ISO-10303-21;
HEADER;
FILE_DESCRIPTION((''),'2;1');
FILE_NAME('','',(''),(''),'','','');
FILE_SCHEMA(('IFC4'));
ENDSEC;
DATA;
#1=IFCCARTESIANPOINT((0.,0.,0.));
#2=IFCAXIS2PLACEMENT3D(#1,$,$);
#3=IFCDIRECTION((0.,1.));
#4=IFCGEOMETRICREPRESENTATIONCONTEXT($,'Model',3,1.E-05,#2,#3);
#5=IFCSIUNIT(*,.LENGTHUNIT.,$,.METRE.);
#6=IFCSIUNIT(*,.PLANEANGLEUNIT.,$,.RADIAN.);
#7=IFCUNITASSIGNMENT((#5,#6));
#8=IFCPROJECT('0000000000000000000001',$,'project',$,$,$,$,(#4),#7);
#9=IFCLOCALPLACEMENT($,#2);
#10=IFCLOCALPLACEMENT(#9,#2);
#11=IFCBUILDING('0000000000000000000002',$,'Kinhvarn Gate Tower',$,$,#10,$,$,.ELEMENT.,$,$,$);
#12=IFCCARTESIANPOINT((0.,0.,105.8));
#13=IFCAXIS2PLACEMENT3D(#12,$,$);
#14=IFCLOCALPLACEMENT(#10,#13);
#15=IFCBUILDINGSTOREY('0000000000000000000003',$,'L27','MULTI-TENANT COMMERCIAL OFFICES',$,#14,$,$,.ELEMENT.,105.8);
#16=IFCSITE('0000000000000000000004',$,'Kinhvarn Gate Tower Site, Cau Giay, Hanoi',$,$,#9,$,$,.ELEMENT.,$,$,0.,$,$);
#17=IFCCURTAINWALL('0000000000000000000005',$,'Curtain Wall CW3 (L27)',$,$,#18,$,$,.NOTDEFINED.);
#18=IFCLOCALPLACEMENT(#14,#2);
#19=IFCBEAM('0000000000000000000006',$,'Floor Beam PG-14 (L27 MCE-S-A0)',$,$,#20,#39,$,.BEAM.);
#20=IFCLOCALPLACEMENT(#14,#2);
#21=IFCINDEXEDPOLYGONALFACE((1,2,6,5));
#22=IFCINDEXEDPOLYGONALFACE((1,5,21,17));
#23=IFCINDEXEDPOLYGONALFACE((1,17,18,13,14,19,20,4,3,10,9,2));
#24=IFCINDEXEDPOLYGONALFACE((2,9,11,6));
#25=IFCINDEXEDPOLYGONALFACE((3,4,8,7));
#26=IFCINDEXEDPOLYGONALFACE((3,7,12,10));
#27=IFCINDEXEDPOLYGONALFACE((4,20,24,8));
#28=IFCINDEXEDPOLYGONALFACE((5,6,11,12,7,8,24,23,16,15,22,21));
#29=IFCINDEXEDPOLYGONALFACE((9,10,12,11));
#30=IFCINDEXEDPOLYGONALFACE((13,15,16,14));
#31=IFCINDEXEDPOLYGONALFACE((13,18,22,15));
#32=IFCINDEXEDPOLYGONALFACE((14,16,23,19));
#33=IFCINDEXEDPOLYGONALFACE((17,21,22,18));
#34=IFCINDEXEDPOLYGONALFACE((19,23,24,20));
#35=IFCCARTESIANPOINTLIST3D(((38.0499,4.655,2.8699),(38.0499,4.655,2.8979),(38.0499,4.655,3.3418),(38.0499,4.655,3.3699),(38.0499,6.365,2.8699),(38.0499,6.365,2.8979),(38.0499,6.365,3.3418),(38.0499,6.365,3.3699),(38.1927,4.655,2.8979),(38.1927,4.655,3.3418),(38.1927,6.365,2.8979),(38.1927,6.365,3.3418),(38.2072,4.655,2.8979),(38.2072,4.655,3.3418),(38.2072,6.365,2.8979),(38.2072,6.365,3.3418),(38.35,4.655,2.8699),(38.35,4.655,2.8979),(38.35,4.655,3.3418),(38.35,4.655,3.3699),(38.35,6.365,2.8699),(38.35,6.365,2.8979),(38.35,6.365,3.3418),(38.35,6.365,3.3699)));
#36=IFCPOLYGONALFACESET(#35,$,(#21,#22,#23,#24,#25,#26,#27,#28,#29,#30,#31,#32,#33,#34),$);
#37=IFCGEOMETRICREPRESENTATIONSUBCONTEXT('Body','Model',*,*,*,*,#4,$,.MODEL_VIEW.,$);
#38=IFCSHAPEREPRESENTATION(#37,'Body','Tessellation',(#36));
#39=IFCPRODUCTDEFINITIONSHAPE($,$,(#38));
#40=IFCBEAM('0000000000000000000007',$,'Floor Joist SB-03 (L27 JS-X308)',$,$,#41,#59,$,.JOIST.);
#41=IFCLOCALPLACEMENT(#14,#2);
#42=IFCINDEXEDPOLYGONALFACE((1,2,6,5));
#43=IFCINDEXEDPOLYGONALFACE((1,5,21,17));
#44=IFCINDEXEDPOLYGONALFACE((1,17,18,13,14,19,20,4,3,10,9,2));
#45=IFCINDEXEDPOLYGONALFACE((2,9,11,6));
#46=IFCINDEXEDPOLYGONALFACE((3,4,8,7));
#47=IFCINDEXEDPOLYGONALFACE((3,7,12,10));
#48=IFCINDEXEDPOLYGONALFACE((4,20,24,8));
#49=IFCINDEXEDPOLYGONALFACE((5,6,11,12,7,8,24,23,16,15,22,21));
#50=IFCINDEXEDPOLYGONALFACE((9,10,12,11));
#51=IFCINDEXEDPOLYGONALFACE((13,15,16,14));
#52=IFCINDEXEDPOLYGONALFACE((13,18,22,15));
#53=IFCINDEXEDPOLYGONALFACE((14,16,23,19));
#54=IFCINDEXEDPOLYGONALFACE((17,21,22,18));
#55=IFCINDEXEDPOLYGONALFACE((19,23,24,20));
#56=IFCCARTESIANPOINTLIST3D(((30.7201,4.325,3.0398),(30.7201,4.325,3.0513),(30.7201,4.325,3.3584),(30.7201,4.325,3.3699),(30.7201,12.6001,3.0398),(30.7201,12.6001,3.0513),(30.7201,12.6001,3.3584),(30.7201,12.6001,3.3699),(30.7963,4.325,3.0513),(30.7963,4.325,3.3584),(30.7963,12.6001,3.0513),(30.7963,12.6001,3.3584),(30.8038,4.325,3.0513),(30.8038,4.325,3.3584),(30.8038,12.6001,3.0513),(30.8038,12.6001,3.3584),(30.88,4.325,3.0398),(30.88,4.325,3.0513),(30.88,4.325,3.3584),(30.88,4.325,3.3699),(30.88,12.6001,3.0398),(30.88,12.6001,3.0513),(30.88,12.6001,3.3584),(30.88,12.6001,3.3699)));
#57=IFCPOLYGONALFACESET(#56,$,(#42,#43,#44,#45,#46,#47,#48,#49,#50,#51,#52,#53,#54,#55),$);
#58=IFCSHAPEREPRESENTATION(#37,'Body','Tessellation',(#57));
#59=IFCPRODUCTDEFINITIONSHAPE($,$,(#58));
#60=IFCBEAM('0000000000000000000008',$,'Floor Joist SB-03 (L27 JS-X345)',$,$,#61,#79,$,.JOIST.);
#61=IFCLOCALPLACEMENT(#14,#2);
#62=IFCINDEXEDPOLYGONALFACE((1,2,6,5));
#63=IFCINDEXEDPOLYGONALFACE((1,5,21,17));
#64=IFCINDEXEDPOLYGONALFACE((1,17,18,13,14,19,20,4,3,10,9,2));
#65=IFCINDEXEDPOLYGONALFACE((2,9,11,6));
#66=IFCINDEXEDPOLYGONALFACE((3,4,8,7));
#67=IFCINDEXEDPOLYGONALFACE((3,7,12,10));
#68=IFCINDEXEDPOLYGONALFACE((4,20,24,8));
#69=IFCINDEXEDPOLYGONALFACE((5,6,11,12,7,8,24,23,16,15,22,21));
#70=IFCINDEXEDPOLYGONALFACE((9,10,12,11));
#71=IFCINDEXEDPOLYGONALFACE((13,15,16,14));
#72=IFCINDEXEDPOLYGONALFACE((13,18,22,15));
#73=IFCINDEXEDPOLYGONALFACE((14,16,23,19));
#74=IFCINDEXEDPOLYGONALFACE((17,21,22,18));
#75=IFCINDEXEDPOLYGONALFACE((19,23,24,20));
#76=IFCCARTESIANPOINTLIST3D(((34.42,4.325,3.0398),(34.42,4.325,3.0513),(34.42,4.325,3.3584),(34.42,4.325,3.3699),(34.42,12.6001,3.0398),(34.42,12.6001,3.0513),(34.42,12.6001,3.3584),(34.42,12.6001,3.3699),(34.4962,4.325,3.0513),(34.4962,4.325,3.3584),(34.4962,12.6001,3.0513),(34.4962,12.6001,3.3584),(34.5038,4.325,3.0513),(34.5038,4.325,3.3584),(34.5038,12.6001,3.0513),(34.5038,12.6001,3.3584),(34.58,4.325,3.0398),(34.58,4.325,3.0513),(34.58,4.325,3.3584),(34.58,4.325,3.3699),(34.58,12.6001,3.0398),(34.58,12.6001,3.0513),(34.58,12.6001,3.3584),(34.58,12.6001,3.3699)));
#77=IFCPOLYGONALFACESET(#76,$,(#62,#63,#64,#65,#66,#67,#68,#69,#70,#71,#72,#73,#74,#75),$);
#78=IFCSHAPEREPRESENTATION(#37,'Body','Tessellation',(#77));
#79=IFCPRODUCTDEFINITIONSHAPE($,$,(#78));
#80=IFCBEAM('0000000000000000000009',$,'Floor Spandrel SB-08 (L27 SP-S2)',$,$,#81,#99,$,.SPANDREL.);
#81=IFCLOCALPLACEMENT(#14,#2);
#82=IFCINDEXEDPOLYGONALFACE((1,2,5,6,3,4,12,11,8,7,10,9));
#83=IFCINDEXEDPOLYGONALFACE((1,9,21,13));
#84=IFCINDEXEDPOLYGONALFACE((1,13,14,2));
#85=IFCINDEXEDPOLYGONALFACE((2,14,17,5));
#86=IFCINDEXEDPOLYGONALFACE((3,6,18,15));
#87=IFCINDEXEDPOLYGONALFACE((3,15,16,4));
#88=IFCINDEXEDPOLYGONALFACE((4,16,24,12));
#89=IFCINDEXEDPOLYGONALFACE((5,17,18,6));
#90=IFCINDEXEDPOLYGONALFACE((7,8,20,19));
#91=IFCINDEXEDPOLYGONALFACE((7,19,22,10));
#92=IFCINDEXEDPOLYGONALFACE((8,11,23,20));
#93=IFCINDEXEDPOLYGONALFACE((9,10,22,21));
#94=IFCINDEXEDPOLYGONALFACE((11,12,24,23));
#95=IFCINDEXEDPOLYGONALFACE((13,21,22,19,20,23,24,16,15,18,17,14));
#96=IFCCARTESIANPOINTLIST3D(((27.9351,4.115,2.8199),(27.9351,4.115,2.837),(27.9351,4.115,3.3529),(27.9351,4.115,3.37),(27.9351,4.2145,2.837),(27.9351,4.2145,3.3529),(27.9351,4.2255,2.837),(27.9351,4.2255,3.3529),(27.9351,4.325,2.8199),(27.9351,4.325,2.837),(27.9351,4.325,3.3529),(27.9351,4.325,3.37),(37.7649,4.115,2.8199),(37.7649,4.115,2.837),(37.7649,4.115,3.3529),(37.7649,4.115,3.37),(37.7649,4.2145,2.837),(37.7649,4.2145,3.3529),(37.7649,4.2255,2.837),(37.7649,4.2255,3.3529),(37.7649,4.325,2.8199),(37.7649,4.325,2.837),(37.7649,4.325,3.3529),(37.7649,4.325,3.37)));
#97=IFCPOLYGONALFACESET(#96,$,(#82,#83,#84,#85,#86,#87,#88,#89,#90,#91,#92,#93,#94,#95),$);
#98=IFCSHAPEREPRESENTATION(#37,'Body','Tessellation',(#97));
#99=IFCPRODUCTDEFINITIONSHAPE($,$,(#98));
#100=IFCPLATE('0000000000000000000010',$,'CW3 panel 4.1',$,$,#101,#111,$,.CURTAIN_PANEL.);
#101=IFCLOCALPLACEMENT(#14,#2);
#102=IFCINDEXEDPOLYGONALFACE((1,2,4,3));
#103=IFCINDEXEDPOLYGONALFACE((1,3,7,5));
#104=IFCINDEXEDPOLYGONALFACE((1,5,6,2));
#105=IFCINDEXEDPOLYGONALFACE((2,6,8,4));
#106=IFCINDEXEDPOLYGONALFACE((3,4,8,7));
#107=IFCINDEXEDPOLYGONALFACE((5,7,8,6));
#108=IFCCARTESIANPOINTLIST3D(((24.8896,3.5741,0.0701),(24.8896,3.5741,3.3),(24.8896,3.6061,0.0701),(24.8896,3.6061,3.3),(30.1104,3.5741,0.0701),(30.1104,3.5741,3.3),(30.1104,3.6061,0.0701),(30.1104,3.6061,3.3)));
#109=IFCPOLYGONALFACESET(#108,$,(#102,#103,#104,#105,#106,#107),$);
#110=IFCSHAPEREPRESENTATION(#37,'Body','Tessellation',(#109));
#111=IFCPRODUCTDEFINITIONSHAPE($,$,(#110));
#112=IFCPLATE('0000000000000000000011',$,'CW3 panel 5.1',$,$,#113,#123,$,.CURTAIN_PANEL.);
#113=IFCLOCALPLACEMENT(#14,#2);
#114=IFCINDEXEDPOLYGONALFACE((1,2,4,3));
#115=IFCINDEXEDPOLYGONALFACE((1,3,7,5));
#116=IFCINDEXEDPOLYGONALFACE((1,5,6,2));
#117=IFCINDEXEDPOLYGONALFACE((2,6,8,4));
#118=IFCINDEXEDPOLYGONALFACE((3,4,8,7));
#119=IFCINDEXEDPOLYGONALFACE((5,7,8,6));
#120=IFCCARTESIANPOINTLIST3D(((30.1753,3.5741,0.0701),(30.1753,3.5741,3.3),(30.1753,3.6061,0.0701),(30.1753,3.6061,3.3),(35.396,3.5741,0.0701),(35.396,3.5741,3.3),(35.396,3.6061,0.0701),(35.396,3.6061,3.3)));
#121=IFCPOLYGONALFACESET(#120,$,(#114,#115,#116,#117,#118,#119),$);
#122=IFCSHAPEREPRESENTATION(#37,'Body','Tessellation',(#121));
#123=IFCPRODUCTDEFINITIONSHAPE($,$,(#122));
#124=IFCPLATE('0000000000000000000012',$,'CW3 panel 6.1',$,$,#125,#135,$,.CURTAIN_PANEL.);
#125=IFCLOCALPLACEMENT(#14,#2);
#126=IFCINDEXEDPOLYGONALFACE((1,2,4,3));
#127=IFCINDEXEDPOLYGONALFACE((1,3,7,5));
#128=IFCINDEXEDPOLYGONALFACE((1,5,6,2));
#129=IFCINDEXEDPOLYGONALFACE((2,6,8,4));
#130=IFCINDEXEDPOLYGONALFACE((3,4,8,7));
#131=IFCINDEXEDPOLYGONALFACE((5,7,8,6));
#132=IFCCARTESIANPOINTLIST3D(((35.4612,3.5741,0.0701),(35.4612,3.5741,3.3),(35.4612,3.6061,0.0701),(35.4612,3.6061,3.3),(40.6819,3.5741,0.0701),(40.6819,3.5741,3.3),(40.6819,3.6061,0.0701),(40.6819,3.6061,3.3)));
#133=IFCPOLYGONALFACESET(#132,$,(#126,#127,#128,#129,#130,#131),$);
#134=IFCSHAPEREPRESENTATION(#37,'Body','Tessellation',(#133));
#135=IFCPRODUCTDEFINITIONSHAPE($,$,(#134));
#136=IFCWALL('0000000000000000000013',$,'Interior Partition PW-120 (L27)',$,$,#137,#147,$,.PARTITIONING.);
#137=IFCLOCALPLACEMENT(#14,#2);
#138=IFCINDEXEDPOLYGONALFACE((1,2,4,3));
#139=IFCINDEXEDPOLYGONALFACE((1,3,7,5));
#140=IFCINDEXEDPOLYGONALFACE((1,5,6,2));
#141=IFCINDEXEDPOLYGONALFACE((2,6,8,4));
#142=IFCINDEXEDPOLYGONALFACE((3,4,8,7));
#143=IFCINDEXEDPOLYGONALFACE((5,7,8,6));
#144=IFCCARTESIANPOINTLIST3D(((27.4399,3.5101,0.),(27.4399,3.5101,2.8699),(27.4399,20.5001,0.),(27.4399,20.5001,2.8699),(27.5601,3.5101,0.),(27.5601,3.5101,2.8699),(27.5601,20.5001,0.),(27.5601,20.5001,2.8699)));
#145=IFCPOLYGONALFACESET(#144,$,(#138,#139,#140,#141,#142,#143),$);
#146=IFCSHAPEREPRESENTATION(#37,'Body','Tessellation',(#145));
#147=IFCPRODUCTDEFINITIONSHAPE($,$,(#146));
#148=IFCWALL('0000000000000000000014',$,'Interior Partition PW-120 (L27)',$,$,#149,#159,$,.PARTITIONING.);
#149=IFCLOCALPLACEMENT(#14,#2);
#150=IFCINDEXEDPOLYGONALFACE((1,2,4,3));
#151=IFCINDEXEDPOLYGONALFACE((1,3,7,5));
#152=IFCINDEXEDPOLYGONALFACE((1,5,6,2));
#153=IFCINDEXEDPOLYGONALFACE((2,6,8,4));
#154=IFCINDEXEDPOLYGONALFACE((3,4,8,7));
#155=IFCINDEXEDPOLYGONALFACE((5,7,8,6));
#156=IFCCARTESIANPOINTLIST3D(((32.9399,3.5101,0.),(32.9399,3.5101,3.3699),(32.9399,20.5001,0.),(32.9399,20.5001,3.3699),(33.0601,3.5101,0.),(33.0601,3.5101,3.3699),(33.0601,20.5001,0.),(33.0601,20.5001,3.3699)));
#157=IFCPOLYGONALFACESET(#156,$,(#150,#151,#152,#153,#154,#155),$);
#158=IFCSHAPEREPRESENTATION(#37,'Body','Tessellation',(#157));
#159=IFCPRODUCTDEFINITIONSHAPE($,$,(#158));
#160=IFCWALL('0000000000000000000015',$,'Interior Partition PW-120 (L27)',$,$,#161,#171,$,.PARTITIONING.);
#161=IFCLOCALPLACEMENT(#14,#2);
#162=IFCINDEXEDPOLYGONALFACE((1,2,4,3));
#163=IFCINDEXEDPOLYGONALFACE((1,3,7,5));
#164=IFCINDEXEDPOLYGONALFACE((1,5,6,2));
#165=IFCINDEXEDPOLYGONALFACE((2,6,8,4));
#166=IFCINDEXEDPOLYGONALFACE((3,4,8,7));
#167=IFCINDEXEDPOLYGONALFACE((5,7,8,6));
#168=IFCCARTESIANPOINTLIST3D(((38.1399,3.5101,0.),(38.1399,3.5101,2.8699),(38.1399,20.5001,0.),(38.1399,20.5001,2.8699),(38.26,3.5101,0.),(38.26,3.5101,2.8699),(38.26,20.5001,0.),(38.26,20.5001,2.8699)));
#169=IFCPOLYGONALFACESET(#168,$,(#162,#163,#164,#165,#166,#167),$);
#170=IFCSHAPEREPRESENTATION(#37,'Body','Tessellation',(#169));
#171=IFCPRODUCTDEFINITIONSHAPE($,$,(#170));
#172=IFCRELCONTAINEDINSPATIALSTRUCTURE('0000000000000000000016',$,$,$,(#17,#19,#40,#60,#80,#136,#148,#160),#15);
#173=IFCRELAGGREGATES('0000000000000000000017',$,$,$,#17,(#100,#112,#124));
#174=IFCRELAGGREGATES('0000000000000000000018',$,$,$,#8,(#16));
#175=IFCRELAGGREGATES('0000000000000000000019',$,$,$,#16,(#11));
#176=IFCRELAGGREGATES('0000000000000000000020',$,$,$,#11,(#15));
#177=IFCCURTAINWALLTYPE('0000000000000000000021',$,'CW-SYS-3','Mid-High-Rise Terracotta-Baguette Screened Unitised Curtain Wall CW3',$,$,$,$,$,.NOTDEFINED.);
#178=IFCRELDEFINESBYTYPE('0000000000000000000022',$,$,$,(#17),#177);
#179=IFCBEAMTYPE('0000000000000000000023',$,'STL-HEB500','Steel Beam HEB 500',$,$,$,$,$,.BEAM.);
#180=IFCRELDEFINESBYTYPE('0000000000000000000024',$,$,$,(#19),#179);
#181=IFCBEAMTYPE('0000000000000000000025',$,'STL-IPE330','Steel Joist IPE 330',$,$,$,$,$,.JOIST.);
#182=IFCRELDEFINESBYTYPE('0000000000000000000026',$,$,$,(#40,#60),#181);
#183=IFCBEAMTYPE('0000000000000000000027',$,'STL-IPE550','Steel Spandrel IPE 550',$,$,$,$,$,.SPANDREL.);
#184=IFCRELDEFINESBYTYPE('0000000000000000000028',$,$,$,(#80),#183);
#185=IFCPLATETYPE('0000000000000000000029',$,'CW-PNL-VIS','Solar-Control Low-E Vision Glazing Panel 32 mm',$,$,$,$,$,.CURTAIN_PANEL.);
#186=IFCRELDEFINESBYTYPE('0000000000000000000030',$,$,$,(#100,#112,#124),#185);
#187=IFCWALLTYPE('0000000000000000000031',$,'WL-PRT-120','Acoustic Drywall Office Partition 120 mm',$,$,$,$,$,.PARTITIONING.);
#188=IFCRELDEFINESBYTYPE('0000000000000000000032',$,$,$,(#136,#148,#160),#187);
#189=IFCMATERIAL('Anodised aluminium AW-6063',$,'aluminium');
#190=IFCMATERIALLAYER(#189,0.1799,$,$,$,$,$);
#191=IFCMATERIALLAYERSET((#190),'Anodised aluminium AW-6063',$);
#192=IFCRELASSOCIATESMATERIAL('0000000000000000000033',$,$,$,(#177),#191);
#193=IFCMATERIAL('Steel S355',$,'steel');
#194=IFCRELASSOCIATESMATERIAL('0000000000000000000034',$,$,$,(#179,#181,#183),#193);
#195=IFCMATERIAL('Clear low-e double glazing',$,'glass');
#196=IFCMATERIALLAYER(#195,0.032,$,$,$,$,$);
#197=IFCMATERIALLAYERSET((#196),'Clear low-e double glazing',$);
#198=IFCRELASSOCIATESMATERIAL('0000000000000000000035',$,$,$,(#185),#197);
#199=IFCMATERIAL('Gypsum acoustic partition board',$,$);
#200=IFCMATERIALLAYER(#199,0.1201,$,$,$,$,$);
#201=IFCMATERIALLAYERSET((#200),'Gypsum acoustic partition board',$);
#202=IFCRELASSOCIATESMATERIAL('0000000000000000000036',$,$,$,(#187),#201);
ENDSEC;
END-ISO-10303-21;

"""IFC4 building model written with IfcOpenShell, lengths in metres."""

from ifc_helpers import new_model, si_unit, direction, frame, frame_2d, origin, origin_2d, place, context, subcontext, project, spatial, rectangle, i_section, extrude, material, layer, layer_set, material_profile, profile_set, type_object, element, aggregate, save


model = new_model("IFC4")

# Units and contexts
model_context = context("Model", 3, precision=1e-05, world=origin(), true_north=direction((0.0, 1.0)))
body_context = subcontext(model_context, "Body", "Model", "MODEL_VIEW")
ifc_project = project(units=[si_unit("LENGTHUNIT", "METRE"), si_unit("PLANEANGLEUNIT", "RADIAN")], contexts=[model_context])

# Site, building, storey
site_placement = place(None, origin())
site = spatial("IfcSite", under=ifc_project, at=site_placement, Name="Kinhvarn Gate Tower Site, Cau Giay, Hanoi", CompositionType="ELEMENT", RefElevation=0.0)
building_placement = place(site_placement, origin())
building = spatial("IfcBuilding", under=site, at=building_placement, Name="Kinhvarn Gate Tower", CompositionType="ELEMENT")
storey_placement = place(building_placement, frame((0.0, 0.0, 105.8)))
storey = spatial("IfcBuildingStorey", under=building, at=storey_placement, Name="L27", Description="MULTI-TENANT COMMERCIAL OFFICES", CompositionType="ELEMENT", Elevation=105.8)

# Curtain wall
ifc_material_1 = material(Name="Anodised aluminium AW-6063", Category="aluminium")
ifc_layer_1 = layer(ifc_material_1, 0.1799)
ifc_layer_set_1 = layer_set([ifc_layer_1], Name="Anodised aluminium AW-6063")
curtain_wall_type = type_object("IfcCurtainWallType", Name="CW-SYS-3", Description="Mid-High-Rise Terracotta-Baguette Screened Unitised Curtain Wall CW3", PredefinedType="NOTDEFINED", material=ifc_layer_set_1)
curtain_wall_placement = place(storey_placement, origin())
curtain_wall = element("IfcCurtainWall", 1, at=curtain_wall_placement, inside=storey, type_object=curtain_wall_type, Name="Curtain Wall CW3 (L27)", PredefinedType="NOTDEFINED")

# Beams
ifc_material_2 = material(Name="Steel S355", Category="steel")
ifc_material_profile_1 = material_profile(ifc_material_2, i_section(OverallWidth=0.3, OverallDepth=0.5, WebThickness=0.0144, FlangeThickness=0.0281, at=origin_2d()), Name="HEB 500")
ifc_profile_set_1 = profile_set([ifc_material_profile_1], Name="Steel S355")
beam_type_1 = type_object("IfcBeamType", Name="STL-HEB500", Description="Steel Beam HEB 500", PredefinedType="BEAM", material=ifc_profile_set_1)
beam_1_placement = place(storey_placement, frame((38.2, 4.655, 3.1199), z_axis=(0.0, 1.0, 0.0), x_axis=(-1.0, 0.0, 0.0)))
element("IfcBeam", 2, at=beam_1_placement, inside=storey, type_object=beam_type_1, Name="Floor Beam PG-14 (L27 MCE-S-A0)", PredefinedType="BEAM", context=body_context, shape_type="SweptSolid", body=[
    extrude(i_section(OverallWidth=0.3, OverallDepth=0.5, WebThickness=0.0144, FlangeThickness=0.0281, at=origin_2d()), origin(), (0.0, 0.0, 1.0), 1.71),
])
ifc_material_profile_2 = material_profile(ifc_material_2, i_section(OverallWidth=0.1599, OverallDepth=0.3301, WebThickness=0.0076, FlangeThickness=0.0115, at=origin_2d()), Name="IPE 330")
ifc_profile_set_2 = profile_set([ifc_material_profile_2], Name="Steel S355")
beam_type_2 = type_object("IfcBeamType", Name="STL-IPE330", Description="Steel Joist IPE 330", PredefinedType="JOIST", material=ifc_profile_set_2)
for number, where, z_axis, x_axis, name in (
    (3, (30.8, 4.325, 3.2048), (0.0, 1.0, 0.0), (-1.0, 0.0, 0.0), "Floor Joist SB-03 (L27 JS-X308)"),
    (4, (34.5, 4.325, 3.2048), (0.0, 1.0, 0.0), (-1.0, 0.0, 0.0), "Floor Joist SB-03 (L27 JS-X345)"),
):
    element("IfcBeam", number, at=place(storey_placement, frame(where, z_axis=z_axis, x_axis=x_axis)), inside=storey, type_object=beam_type_2, Name=name, PredefinedType="JOIST", context=body_context, shape_type="SweptSolid", body=[
        extrude(i_section(OverallWidth=0.1599, OverallDepth=0.3301, WebThickness=0.0076, FlangeThickness=0.0115, at=origin_2d()), origin(), (0.0, 0.0, 1.0), 8.2751),
    ])
ifc_material_profile_3 = material_profile(ifc_material_2, i_section(OverallWidth=0.21, OverallDepth=0.55, WebThickness=0.011, FlangeThickness=0.0171, at=origin_2d()), Name="IPE 550")
ifc_profile_set_3 = profile_set([ifc_material_profile_3], Name="Steel S355")
beam_type_3 = type_object("IfcBeamType", Name="STL-IPE550", Description="Steel Spandrel IPE 550", PredefinedType="SPANDREL", material=ifc_profile_set_3)
beam_2_placement = place(storey_placement, frame((27.9351, 4.22, 3.095), z_axis=(1.0, 0.0, 0.0), x_axis=(0.0, 1.0, 0.0)))
element("IfcBeam", 5, at=beam_2_placement, inside=storey, type_object=beam_type_3, Name="Floor Spandrel SB-08 (L27 SP-S2)", PredefinedType="SPANDREL", context=body_context, shape_type="SweptSolid", body=[
    extrude(i_section(OverallWidth=0.21, OverallDepth=0.55, WebThickness=0.011, FlangeThickness=0.0171, at=origin_2d()), origin(), (0.0, 0.0, 1.0), 9.8298),
])

# Plates
ifc_material_3 = material(Name="Clear low-e double glazing", Category="glass")
ifc_layer_2 = layer(ifc_material_3, 0.032)
ifc_layer_set_2 = layer_set([ifc_layer_2], Name="Clear low-e double glazing")
plate_type = type_object("IfcPlateType", Name="CW-PNL-VIS", Description="Solar-Control Low-E Vision Glazing Panel 32 mm", PredefinedType="CURTAIN_PANEL", material=ifc_layer_set_2)
plate_1_placement = place(storey_placement, frame((27.5, 3.5901, 0.0701), z_axis=(0.0, 0.0, 1.0), x_axis=(1.0, 0.0, 0.0)))
plate_1 = element("IfcPlate", 6, at=plate_1_placement, type_object=plate_type, Name="CW3 panel 4.1", PredefinedType="CURTAIN_PANEL", context=body_context, shape_type="SweptSolid", body=[
    extrude(rectangle(XDim=5.2207, YDim=0.032, at=origin_2d()), origin(), (0.0, 0.0, 1.0), 3.23),
])
plate_2_placement = place(storey_placement, frame((32.7856, 3.5901, 0.0701), z_axis=(0.0, 0.0, 1.0), x_axis=(1.0, 0.0, 0.0)))
plate_2 = element("IfcPlate", 7, at=plate_2_placement, type_object=plate_type, Name="CW3 panel 5.1", PredefinedType="CURTAIN_PANEL", context=body_context, shape_type="SweptSolid", body=[
    extrude(rectangle(XDim=5.2207, YDim=0.032, at=origin_2d()), origin(), (0.0, 0.0, 1.0), 3.23),
])
plate_3_placement = place(storey_placement, frame((38.0715, 3.5901, 0.0701), z_axis=(0.0, 0.0, 1.0), x_axis=(1.0, 0.0, 0.0)))
plate_3 = element("IfcPlate", 8, at=plate_3_placement, type_object=plate_type, Name="CW3 panel 6.1", PredefinedType="CURTAIN_PANEL", context=body_context, shape_type="SweptSolid", body=[
    extrude(rectangle(XDim=5.2207, YDim=0.032, at=origin_2d()), origin(), (0.0, 0.0, 1.0), 3.23),
])
aggregate(curtain_wall, [plate_1, plate_2, plate_3])

# Walls
ifc_material_4 = material(Name="Gypsum acoustic partition board")
ifc_layer_3 = layer(ifc_material_4, 0.1201)
ifc_layer_set_3 = layer_set([ifc_layer_3], Name="Gypsum acoustic partition board")
wall_type = type_object("IfcWallType", Name="WL-PRT-120", Description="Acoustic Drywall Office Partition 120 mm", PredefinedType="PARTITIONING", material=ifc_layer_set_3)
wall_1_placement = place(storey_placement, frame((27.5, 3.51, 0.0), z_axis=(0.0, 0.0, 1.0), x_axis=(0.0, 1.0, 0.0)))
element("IfcWall", 9, at=wall_1_placement, inside=storey, type_object=wall_type, Name="Interior Partition PW-120 (L27)", PredefinedType="PARTITIONING", context=body_context, shape_type="SweptSolid", body=[
    extrude(rectangle(XDim=16.99, YDim=0.1201, at=frame_2d((8.4951, 0.0))), origin(), (0.0, 0.0, 1.0), 2.8699),
])
wall_2_placement = place(storey_placement, frame((33.0, 3.51, 0.0), z_axis=(0.0, 0.0, 1.0), x_axis=(0.0, 1.0, 0.0)))
element("IfcWall", 10, at=wall_2_placement, inside=storey, type_object=wall_type, Name="Interior Partition PW-120 (L27)", PredefinedType="PARTITIONING", context=body_context, shape_type="SweptSolid", body=[
    extrude(rectangle(XDim=16.99, YDim=0.1201, at=frame_2d((8.4951, 0.0))), origin(), (0.0, 0.0, 1.0), 3.3699),
])
wall_3_placement = place(storey_placement, frame((38.2, 3.51, 0.0), z_axis=(0.0, 0.0, 1.0), x_axis=(0.0, 1.0, 0.0)))
element("IfcWall", 11, at=wall_3_placement, inside=storey, type_object=wall_type, Name="Interior Partition PW-120 (L27)", PredefinedType="PARTITIONING", context=body_context, shape_type="SweptSolid", body=[
    extrude(rectangle(XDim=16.99, YDim=0.1201, at=frame_2d((8.4951, 0.0))), origin(), (0.0, 0.0, 1.0), 2.8699),
])

save(model, "model.ifc")
